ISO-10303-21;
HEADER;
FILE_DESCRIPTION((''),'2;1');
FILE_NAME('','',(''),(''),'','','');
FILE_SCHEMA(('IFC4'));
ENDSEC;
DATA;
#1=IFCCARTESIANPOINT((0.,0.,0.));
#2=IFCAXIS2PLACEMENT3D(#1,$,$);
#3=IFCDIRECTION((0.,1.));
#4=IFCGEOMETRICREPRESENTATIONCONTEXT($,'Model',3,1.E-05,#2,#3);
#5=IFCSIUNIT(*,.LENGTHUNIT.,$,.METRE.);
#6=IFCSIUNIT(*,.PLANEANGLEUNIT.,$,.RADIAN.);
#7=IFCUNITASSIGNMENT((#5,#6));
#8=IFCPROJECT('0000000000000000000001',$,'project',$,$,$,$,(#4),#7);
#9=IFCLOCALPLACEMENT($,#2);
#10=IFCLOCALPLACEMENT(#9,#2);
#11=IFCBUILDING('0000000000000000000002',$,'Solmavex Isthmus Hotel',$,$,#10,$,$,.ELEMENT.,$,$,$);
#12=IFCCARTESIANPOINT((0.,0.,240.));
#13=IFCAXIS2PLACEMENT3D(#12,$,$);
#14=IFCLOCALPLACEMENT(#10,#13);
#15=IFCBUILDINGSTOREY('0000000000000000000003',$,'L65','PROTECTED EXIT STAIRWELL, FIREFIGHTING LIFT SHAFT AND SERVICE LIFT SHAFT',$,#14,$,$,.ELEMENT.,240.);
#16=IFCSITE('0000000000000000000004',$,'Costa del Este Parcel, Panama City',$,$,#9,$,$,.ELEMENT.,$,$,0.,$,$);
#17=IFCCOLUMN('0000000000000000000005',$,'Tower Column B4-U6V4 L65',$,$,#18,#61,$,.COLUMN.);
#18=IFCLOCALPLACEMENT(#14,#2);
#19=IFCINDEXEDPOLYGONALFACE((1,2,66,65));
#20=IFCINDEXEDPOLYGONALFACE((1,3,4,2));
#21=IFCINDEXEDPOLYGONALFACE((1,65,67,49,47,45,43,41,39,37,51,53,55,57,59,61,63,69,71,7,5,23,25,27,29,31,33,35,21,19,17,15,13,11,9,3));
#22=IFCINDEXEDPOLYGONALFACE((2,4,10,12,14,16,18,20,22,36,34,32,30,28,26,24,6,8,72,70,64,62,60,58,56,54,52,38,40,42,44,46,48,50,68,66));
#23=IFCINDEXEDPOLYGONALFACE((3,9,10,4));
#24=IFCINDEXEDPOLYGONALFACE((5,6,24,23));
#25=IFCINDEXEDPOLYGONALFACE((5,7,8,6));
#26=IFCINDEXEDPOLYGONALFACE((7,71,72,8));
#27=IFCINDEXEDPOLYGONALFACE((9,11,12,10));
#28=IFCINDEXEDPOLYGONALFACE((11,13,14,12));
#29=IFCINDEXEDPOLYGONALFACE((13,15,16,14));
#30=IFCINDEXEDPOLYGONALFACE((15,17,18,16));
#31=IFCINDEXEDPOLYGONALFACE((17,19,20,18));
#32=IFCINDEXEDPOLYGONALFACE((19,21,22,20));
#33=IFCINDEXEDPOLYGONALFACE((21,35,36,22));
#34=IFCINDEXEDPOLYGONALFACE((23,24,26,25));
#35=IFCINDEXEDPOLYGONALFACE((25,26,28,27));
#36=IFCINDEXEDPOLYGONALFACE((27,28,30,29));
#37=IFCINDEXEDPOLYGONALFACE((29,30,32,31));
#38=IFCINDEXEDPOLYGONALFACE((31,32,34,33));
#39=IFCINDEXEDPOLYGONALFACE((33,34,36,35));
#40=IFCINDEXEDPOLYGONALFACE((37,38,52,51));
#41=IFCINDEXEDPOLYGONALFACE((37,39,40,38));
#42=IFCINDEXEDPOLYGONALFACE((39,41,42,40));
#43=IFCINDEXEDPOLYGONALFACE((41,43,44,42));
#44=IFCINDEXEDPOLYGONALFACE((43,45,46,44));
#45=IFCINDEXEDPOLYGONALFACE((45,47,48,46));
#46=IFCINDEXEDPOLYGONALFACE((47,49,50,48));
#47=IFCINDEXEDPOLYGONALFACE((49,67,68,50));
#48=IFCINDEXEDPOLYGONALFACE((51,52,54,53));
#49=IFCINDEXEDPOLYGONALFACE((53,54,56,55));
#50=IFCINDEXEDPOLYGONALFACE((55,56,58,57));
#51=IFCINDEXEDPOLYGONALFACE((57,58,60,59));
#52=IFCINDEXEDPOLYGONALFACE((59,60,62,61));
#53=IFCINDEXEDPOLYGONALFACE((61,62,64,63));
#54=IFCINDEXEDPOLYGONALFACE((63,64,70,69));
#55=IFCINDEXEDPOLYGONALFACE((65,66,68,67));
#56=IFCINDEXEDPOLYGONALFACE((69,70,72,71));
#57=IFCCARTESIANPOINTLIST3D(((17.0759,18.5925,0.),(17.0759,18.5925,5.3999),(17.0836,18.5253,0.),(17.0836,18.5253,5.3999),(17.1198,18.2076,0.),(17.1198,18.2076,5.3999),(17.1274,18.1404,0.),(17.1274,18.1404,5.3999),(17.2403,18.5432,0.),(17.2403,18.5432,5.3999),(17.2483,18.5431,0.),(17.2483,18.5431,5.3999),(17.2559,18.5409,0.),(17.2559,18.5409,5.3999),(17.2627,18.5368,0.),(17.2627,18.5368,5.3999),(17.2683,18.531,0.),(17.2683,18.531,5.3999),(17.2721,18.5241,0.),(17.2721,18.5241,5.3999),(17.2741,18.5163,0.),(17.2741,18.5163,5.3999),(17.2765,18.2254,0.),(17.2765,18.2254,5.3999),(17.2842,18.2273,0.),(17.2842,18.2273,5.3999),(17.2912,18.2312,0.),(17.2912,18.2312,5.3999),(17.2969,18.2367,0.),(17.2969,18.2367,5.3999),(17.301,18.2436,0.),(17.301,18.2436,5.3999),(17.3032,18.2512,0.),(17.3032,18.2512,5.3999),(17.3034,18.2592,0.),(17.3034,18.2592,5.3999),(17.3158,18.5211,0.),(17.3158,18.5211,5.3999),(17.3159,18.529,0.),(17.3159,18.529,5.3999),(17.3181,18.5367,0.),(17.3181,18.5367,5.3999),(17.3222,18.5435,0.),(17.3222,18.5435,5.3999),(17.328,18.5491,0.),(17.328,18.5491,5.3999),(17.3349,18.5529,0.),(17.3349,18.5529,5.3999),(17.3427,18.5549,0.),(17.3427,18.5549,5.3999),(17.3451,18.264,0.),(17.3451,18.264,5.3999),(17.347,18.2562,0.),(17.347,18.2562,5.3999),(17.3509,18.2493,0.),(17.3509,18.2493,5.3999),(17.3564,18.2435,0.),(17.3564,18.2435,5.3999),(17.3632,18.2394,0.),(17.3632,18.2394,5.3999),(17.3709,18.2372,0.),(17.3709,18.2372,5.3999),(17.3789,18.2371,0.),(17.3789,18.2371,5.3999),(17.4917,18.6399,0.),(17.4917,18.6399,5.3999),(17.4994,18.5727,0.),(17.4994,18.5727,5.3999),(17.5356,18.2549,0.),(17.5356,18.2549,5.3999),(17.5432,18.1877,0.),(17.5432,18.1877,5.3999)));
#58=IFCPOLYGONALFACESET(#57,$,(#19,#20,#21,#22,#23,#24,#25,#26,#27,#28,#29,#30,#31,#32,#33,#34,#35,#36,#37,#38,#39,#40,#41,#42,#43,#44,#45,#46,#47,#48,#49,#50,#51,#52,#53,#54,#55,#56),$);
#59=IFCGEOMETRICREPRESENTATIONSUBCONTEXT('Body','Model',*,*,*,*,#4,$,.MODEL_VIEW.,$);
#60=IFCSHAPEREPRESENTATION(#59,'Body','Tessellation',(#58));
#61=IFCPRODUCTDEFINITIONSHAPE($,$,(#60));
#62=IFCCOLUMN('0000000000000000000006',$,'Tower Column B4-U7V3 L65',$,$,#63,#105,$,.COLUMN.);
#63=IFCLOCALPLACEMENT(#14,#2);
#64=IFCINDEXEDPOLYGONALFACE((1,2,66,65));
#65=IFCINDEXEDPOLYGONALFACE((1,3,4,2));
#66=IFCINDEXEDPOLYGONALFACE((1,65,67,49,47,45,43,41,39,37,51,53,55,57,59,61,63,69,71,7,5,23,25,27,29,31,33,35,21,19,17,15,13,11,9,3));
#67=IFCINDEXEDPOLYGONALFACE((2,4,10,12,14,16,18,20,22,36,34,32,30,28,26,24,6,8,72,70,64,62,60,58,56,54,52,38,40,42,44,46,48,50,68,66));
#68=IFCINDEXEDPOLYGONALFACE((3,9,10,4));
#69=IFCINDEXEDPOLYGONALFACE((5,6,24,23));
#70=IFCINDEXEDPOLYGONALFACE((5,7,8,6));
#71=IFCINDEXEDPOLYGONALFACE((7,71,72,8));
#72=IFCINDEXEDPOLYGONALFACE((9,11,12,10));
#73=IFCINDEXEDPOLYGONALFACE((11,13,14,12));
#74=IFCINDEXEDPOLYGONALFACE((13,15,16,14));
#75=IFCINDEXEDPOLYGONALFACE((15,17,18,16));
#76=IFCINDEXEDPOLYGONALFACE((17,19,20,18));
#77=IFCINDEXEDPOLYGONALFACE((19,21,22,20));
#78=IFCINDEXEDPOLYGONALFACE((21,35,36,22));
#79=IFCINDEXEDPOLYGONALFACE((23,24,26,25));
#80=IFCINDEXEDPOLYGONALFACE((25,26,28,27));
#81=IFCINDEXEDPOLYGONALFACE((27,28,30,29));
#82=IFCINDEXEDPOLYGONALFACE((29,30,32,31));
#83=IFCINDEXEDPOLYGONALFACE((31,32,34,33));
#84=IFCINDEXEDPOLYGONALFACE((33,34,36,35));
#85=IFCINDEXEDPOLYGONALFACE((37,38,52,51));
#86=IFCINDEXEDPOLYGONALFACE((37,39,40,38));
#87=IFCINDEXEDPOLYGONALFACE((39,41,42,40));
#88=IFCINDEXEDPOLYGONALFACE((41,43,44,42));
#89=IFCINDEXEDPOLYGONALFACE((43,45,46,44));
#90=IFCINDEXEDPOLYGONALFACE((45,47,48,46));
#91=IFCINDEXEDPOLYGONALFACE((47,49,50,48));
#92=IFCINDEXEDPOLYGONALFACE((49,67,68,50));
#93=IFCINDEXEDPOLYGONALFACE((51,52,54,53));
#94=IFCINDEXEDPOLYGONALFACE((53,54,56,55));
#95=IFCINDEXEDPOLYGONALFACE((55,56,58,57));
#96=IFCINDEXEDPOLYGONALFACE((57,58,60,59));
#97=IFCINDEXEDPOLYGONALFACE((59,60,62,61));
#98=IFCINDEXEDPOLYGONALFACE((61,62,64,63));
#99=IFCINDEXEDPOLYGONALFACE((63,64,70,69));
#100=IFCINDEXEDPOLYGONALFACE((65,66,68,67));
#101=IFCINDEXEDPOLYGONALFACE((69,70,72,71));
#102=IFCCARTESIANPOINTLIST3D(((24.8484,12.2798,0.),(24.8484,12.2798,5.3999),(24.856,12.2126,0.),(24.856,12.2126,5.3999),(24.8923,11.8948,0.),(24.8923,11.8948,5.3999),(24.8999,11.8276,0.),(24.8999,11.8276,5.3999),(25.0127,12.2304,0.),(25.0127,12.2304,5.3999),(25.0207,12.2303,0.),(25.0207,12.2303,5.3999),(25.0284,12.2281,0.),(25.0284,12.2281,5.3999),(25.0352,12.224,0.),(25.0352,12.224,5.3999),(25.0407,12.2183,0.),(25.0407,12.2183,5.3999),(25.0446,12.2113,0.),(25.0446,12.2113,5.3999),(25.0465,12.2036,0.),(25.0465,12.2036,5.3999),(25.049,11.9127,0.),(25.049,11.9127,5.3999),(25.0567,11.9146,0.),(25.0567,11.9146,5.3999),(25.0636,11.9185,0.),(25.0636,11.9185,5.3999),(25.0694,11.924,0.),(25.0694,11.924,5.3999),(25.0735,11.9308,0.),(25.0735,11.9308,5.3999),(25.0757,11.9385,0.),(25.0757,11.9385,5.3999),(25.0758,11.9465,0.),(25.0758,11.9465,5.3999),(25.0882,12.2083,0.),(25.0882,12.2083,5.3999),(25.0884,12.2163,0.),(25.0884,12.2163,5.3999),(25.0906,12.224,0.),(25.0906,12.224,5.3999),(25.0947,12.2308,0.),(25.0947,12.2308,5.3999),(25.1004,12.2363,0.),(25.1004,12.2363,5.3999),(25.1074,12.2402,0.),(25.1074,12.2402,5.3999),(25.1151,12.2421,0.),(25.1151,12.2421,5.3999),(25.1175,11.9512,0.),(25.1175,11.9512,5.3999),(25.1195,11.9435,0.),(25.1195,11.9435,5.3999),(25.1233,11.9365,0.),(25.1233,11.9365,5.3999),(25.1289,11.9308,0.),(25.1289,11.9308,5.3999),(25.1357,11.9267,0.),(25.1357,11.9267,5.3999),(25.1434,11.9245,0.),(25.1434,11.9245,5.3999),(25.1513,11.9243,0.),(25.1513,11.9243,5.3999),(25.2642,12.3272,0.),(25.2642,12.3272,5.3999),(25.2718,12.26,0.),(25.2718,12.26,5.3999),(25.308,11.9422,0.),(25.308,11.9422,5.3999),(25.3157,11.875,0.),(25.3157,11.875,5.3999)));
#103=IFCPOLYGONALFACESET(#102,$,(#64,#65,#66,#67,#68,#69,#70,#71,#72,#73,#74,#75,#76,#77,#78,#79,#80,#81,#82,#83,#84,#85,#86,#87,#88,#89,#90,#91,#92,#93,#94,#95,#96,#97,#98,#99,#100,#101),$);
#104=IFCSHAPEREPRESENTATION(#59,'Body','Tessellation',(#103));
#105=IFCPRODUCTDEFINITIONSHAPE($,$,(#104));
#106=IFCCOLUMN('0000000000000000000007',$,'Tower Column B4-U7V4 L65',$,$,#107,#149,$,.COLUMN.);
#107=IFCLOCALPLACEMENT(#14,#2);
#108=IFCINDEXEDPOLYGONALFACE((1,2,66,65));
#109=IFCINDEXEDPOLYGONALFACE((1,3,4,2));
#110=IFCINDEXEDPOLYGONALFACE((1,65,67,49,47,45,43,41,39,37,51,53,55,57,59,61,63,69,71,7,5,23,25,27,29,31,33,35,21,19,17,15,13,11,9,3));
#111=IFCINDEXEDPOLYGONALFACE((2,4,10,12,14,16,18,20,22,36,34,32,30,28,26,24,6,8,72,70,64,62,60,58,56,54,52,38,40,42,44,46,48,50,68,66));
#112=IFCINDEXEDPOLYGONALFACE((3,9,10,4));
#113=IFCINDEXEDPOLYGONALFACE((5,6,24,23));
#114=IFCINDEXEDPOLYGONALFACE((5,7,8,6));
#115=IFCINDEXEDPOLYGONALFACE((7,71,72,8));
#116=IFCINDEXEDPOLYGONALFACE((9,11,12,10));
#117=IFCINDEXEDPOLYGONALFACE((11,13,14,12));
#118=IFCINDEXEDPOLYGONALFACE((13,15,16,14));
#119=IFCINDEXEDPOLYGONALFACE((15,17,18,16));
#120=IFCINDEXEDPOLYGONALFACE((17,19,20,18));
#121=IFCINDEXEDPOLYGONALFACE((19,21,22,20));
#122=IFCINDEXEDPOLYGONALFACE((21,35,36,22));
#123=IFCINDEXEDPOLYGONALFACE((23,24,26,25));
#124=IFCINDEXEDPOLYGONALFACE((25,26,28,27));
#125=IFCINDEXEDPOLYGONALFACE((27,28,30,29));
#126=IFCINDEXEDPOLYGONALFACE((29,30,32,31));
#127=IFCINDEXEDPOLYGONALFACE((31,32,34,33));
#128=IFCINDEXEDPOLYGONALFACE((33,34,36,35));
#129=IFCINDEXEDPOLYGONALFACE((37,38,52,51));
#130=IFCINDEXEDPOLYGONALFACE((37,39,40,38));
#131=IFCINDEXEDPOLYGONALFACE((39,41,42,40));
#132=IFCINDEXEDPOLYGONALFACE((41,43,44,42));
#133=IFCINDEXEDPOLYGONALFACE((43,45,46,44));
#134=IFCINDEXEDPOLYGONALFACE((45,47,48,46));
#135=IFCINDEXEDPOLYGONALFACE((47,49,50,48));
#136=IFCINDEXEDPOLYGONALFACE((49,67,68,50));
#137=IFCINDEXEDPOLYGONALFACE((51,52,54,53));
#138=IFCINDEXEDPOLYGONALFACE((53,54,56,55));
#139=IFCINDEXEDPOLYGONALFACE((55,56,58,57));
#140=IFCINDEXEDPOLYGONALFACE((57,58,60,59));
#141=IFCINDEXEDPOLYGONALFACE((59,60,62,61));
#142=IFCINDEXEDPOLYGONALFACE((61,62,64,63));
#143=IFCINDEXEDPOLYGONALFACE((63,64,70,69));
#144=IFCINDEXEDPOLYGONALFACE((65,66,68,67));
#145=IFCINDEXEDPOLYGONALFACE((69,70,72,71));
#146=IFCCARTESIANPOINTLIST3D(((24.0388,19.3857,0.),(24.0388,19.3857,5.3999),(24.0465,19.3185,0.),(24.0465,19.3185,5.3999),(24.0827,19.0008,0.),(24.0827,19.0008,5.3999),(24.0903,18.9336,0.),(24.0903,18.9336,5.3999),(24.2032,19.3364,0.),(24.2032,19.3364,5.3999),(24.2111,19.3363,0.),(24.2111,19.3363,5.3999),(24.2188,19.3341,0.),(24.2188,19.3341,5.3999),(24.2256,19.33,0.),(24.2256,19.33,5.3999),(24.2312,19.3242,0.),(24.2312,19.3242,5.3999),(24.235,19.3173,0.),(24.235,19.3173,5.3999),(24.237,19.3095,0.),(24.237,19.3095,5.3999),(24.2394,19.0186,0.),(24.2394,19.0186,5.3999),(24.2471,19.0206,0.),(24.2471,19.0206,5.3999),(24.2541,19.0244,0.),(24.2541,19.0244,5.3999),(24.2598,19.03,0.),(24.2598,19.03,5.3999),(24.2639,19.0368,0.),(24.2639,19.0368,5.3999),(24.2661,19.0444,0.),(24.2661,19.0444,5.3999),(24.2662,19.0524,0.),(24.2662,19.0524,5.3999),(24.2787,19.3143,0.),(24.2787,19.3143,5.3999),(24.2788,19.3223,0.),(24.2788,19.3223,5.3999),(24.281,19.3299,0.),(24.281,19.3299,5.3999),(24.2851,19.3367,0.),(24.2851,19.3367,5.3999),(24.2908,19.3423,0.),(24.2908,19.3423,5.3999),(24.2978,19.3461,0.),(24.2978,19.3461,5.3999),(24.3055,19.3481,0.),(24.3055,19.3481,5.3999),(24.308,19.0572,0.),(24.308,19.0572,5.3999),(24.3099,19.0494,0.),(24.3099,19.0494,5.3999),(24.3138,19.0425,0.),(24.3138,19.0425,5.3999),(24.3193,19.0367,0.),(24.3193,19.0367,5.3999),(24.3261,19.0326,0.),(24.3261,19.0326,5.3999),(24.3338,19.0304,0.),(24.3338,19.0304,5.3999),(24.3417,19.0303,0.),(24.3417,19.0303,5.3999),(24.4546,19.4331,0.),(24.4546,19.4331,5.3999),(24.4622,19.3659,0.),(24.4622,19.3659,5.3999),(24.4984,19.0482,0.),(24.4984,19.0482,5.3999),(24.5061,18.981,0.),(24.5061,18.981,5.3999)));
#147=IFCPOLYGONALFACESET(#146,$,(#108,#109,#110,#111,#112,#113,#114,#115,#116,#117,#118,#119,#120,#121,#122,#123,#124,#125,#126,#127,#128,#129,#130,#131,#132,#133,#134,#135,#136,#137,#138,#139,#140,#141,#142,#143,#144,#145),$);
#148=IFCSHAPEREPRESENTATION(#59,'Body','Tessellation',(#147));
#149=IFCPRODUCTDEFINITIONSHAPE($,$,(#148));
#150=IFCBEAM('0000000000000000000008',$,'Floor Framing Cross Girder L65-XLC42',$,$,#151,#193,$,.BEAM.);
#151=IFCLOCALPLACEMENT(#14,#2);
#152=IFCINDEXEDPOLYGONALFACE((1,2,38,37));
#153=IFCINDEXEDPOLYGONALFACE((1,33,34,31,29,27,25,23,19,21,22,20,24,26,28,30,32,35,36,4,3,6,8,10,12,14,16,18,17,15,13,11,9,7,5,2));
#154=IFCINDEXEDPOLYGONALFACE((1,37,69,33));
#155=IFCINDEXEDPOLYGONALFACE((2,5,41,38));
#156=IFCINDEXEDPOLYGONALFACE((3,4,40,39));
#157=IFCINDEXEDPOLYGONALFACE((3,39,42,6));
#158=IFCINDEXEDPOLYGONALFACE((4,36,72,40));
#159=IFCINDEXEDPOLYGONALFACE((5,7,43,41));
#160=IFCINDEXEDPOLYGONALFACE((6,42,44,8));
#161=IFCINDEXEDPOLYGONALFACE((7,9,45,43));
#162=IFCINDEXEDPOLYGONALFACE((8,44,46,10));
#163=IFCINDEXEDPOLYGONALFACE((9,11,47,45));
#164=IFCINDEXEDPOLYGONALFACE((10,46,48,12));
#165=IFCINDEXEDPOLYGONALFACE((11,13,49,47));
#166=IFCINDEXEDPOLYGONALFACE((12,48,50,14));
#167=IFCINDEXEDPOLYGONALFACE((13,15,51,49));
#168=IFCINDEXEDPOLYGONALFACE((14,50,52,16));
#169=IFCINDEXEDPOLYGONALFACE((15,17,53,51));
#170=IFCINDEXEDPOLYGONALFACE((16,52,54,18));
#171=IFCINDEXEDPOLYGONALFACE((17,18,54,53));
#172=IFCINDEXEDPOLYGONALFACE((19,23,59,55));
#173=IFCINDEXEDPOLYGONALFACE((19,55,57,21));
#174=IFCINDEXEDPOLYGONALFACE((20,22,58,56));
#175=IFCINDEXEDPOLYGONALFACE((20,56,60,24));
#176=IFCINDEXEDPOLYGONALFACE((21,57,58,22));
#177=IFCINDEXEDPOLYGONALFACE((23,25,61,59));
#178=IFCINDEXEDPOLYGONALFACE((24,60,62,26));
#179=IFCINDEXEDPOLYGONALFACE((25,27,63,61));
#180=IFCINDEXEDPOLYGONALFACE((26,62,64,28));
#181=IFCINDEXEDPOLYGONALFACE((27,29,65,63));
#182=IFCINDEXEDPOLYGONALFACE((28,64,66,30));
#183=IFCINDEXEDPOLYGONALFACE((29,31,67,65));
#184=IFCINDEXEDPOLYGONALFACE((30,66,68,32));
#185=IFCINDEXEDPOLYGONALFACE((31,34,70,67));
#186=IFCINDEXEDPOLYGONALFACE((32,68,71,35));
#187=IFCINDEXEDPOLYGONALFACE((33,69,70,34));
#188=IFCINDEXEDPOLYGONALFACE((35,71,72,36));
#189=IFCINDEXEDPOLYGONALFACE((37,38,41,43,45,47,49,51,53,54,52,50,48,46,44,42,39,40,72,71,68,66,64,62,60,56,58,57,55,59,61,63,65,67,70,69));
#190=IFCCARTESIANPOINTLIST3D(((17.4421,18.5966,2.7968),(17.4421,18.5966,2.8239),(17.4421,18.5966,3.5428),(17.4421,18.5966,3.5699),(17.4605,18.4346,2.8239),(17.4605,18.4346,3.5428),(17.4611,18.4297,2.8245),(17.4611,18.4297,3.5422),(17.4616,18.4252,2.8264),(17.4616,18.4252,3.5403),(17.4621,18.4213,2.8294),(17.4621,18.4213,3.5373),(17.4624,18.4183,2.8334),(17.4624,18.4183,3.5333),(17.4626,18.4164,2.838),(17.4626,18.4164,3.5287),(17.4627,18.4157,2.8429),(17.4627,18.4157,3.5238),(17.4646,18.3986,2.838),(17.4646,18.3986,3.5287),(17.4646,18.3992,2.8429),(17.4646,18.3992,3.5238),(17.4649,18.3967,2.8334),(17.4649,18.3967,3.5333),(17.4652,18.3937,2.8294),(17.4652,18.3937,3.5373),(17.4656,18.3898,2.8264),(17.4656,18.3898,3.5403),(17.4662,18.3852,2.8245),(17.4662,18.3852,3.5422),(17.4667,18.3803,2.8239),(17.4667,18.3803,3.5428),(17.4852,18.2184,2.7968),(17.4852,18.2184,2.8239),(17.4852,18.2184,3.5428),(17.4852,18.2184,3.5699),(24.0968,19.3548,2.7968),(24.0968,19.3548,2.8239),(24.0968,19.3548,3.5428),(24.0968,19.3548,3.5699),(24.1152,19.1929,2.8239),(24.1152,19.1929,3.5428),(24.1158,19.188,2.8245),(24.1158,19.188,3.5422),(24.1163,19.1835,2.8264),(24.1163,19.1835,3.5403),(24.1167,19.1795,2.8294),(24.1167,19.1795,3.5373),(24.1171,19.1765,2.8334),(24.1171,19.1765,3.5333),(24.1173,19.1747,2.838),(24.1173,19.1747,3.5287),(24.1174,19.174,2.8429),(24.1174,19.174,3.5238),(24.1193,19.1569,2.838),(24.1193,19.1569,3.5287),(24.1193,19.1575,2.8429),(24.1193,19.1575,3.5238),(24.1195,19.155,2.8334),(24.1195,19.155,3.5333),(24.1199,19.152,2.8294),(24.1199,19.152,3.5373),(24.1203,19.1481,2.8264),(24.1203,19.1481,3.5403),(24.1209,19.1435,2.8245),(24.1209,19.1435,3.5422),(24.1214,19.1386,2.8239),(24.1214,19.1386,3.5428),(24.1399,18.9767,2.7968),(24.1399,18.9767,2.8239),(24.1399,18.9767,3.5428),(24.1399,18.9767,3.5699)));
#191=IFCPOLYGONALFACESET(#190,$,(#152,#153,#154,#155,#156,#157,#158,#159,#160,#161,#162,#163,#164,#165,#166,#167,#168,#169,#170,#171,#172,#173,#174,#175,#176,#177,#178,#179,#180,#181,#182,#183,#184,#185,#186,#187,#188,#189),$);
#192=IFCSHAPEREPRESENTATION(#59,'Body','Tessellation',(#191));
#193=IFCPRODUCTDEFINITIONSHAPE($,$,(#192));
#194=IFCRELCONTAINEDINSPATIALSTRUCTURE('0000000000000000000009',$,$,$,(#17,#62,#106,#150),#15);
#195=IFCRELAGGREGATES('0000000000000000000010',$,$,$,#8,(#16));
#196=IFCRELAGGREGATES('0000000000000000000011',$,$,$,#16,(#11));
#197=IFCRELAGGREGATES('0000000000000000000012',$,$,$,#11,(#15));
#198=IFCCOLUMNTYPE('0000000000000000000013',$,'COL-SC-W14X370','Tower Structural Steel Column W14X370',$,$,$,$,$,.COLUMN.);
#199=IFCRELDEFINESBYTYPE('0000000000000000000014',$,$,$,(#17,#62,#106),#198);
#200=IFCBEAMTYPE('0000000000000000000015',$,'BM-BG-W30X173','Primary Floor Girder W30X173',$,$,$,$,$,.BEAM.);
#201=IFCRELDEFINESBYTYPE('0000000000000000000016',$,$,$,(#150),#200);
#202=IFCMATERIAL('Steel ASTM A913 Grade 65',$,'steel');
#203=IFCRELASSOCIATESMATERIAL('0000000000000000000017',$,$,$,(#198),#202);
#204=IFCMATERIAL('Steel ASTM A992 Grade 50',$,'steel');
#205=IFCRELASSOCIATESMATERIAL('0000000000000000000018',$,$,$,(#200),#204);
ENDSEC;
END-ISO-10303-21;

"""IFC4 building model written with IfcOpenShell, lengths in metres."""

from ifc_helpers import new_model, si_unit, direction, frame, origin, origin_2d, place, context, subcontext, project, spatial, i_section, extrude, material, material_profile, profile_set, type_object, element, save


model = new_model("IFC4")

# Units and contexts
model_context = context("Model", 3, precision=1e-05, world=origin(), true_north=direction((0.0, 1.0)))
body_context = subcontext(model_context, "Body", "Model", "MODEL_VIEW")
ifc_project = project(units=[si_unit("LENGTHUNIT", "METRE"), si_unit("PLANEANGLEUNIT", "RADIAN")], contexts=[model_context])

# Site, building, storey
site_placement = place(None, origin())
site = spatial("IfcSite", under=ifc_project, at=site_placement, Name="Costa del Este Parcel, Panama City", CompositionType="ELEMENT", RefElevation=0.0)
building_placement = place(site_placement, origin())
building = spatial("IfcBuilding", under=site, at=building_placement, Name="Solmavex Isthmus Hotel", CompositionType="ELEMENT")
storey_placement = place(building_placement, frame((0.0, 0.0, 240.0)))
storey = spatial("IfcBuildingStorey", under=building, at=storey_placement, Name="L65", Description="PROTECTED EXIT STAIRWELL, FIREFIGHTING LIFT SHAFT AND SERVICE LIFT SHAFT", CompositionType="ELEMENT", Elevation=240.0)

# Columns
ifc_material_1 = material(Name="Steel ASTM A913 Grade 65", Category="steel")
ifc_material_profile_1 = material_profile(ifc_material_1, i_section(OverallWidth=0.4185, OverallDepth=0.4551, WebThickness=0.042, FlangeThickness=0.0676, FilletRadius=0.0305, at=origin_2d()), Name="W14X370")
ifc_profile_set_1 = profile_set([ifc_material_profile_1], Name="Steel ASTM A913 Grade 65")
column_type = type_object("IfcColumnType", Name="COL-SC-W14X370", Description="Tower Structural Steel Column W14X370", PredefinedType="COLUMN", material=ifc_profile_set_1)
for number, where, z_axis, x_axis, name in (
    (1, (17.3096, 18.3901, 0.0), (0.0, 0.0, 1.0), (0.993572, 0.113203, 0.0), "Tower Column B4-U6V4 L65"),
    (2, (25.082, 12.0774, 0.0), (0.0, 0.0, 1.0), (0.993572, 0.113203, 0.0), "Tower Column B4-U7V3 L65"),
    (3, (24.2725, 19.1833, 0.0), (0.0, 0.0, 1.0), (0.993572, 0.113203, 0.0), "Tower Column B4-U7V4 L65"),
):
    element("IfcColumn", number, at=place(storey_placement, frame(where, z_axis=z_axis, x_axis=x_axis)), inside=storey, type_object=column_type, Name=name, PredefinedType="COLUMN", context=body_context, shape_type="SweptSolid", body=[
        extrude(i_section(OverallWidth=0.4185, OverallDepth=0.4551, WebThickness=0.042, FlangeThickness=0.0676, FilletRadius=0.0305, at=origin_2d()), origin(), (0.0, 0.0, 1.0), 5.3999),
    ])

# Beam
ifc_material_2 = material(Name="Steel ASTM A992 Grade 50", Category="steel")
ifc_material_profile_2 = material_profile(ifc_material_2, i_section(OverallWidth=0.3806, OverallDepth=0.7732, WebThickness=0.0166, FlangeThickness=0.0271, FilletRadius=0.019, at=origin_2d()), Name="W30X173")
ifc_profile_set_2 = profile_set([ifc_material_profile_2], Name="Steel ASTM A992 Grade 50")
beam_type_1 = type_object("IfcBeamType", Name="BM-BG-W30X173", Description="Primary Floor Girder W30X173", PredefinedType="BEAM", material=ifc_profile_set_2)
for number, where, z_axis, x_axis, name in (
    (4, (17.4636, 18.4075, 3.1833), (0.99357, 0.113216, 0.0), (-0.113216, 0.99357, 0.0), "Floor Framing Cross Girder L65-XLC42"),
):
    element("IfcBeam", number, at=place(storey_placement, frame(where, z_axis=z_axis, x_axis=x_axis)), inside=storey, type_object=beam_type_1, Name=name, PredefinedType="BEAM", context=body_context, shape_type="SweptSolid", body=[
        extrude(i_section(OverallWidth=0.3806, OverallDepth=0.7732, WebThickness=0.0166, FlangeThickness=0.0271, FilletRadius=0.019, at=origin_2d()), origin(), (0.0, 0.0, 1.0), 6.6978),
    ])

save(model, "model.ifc")
